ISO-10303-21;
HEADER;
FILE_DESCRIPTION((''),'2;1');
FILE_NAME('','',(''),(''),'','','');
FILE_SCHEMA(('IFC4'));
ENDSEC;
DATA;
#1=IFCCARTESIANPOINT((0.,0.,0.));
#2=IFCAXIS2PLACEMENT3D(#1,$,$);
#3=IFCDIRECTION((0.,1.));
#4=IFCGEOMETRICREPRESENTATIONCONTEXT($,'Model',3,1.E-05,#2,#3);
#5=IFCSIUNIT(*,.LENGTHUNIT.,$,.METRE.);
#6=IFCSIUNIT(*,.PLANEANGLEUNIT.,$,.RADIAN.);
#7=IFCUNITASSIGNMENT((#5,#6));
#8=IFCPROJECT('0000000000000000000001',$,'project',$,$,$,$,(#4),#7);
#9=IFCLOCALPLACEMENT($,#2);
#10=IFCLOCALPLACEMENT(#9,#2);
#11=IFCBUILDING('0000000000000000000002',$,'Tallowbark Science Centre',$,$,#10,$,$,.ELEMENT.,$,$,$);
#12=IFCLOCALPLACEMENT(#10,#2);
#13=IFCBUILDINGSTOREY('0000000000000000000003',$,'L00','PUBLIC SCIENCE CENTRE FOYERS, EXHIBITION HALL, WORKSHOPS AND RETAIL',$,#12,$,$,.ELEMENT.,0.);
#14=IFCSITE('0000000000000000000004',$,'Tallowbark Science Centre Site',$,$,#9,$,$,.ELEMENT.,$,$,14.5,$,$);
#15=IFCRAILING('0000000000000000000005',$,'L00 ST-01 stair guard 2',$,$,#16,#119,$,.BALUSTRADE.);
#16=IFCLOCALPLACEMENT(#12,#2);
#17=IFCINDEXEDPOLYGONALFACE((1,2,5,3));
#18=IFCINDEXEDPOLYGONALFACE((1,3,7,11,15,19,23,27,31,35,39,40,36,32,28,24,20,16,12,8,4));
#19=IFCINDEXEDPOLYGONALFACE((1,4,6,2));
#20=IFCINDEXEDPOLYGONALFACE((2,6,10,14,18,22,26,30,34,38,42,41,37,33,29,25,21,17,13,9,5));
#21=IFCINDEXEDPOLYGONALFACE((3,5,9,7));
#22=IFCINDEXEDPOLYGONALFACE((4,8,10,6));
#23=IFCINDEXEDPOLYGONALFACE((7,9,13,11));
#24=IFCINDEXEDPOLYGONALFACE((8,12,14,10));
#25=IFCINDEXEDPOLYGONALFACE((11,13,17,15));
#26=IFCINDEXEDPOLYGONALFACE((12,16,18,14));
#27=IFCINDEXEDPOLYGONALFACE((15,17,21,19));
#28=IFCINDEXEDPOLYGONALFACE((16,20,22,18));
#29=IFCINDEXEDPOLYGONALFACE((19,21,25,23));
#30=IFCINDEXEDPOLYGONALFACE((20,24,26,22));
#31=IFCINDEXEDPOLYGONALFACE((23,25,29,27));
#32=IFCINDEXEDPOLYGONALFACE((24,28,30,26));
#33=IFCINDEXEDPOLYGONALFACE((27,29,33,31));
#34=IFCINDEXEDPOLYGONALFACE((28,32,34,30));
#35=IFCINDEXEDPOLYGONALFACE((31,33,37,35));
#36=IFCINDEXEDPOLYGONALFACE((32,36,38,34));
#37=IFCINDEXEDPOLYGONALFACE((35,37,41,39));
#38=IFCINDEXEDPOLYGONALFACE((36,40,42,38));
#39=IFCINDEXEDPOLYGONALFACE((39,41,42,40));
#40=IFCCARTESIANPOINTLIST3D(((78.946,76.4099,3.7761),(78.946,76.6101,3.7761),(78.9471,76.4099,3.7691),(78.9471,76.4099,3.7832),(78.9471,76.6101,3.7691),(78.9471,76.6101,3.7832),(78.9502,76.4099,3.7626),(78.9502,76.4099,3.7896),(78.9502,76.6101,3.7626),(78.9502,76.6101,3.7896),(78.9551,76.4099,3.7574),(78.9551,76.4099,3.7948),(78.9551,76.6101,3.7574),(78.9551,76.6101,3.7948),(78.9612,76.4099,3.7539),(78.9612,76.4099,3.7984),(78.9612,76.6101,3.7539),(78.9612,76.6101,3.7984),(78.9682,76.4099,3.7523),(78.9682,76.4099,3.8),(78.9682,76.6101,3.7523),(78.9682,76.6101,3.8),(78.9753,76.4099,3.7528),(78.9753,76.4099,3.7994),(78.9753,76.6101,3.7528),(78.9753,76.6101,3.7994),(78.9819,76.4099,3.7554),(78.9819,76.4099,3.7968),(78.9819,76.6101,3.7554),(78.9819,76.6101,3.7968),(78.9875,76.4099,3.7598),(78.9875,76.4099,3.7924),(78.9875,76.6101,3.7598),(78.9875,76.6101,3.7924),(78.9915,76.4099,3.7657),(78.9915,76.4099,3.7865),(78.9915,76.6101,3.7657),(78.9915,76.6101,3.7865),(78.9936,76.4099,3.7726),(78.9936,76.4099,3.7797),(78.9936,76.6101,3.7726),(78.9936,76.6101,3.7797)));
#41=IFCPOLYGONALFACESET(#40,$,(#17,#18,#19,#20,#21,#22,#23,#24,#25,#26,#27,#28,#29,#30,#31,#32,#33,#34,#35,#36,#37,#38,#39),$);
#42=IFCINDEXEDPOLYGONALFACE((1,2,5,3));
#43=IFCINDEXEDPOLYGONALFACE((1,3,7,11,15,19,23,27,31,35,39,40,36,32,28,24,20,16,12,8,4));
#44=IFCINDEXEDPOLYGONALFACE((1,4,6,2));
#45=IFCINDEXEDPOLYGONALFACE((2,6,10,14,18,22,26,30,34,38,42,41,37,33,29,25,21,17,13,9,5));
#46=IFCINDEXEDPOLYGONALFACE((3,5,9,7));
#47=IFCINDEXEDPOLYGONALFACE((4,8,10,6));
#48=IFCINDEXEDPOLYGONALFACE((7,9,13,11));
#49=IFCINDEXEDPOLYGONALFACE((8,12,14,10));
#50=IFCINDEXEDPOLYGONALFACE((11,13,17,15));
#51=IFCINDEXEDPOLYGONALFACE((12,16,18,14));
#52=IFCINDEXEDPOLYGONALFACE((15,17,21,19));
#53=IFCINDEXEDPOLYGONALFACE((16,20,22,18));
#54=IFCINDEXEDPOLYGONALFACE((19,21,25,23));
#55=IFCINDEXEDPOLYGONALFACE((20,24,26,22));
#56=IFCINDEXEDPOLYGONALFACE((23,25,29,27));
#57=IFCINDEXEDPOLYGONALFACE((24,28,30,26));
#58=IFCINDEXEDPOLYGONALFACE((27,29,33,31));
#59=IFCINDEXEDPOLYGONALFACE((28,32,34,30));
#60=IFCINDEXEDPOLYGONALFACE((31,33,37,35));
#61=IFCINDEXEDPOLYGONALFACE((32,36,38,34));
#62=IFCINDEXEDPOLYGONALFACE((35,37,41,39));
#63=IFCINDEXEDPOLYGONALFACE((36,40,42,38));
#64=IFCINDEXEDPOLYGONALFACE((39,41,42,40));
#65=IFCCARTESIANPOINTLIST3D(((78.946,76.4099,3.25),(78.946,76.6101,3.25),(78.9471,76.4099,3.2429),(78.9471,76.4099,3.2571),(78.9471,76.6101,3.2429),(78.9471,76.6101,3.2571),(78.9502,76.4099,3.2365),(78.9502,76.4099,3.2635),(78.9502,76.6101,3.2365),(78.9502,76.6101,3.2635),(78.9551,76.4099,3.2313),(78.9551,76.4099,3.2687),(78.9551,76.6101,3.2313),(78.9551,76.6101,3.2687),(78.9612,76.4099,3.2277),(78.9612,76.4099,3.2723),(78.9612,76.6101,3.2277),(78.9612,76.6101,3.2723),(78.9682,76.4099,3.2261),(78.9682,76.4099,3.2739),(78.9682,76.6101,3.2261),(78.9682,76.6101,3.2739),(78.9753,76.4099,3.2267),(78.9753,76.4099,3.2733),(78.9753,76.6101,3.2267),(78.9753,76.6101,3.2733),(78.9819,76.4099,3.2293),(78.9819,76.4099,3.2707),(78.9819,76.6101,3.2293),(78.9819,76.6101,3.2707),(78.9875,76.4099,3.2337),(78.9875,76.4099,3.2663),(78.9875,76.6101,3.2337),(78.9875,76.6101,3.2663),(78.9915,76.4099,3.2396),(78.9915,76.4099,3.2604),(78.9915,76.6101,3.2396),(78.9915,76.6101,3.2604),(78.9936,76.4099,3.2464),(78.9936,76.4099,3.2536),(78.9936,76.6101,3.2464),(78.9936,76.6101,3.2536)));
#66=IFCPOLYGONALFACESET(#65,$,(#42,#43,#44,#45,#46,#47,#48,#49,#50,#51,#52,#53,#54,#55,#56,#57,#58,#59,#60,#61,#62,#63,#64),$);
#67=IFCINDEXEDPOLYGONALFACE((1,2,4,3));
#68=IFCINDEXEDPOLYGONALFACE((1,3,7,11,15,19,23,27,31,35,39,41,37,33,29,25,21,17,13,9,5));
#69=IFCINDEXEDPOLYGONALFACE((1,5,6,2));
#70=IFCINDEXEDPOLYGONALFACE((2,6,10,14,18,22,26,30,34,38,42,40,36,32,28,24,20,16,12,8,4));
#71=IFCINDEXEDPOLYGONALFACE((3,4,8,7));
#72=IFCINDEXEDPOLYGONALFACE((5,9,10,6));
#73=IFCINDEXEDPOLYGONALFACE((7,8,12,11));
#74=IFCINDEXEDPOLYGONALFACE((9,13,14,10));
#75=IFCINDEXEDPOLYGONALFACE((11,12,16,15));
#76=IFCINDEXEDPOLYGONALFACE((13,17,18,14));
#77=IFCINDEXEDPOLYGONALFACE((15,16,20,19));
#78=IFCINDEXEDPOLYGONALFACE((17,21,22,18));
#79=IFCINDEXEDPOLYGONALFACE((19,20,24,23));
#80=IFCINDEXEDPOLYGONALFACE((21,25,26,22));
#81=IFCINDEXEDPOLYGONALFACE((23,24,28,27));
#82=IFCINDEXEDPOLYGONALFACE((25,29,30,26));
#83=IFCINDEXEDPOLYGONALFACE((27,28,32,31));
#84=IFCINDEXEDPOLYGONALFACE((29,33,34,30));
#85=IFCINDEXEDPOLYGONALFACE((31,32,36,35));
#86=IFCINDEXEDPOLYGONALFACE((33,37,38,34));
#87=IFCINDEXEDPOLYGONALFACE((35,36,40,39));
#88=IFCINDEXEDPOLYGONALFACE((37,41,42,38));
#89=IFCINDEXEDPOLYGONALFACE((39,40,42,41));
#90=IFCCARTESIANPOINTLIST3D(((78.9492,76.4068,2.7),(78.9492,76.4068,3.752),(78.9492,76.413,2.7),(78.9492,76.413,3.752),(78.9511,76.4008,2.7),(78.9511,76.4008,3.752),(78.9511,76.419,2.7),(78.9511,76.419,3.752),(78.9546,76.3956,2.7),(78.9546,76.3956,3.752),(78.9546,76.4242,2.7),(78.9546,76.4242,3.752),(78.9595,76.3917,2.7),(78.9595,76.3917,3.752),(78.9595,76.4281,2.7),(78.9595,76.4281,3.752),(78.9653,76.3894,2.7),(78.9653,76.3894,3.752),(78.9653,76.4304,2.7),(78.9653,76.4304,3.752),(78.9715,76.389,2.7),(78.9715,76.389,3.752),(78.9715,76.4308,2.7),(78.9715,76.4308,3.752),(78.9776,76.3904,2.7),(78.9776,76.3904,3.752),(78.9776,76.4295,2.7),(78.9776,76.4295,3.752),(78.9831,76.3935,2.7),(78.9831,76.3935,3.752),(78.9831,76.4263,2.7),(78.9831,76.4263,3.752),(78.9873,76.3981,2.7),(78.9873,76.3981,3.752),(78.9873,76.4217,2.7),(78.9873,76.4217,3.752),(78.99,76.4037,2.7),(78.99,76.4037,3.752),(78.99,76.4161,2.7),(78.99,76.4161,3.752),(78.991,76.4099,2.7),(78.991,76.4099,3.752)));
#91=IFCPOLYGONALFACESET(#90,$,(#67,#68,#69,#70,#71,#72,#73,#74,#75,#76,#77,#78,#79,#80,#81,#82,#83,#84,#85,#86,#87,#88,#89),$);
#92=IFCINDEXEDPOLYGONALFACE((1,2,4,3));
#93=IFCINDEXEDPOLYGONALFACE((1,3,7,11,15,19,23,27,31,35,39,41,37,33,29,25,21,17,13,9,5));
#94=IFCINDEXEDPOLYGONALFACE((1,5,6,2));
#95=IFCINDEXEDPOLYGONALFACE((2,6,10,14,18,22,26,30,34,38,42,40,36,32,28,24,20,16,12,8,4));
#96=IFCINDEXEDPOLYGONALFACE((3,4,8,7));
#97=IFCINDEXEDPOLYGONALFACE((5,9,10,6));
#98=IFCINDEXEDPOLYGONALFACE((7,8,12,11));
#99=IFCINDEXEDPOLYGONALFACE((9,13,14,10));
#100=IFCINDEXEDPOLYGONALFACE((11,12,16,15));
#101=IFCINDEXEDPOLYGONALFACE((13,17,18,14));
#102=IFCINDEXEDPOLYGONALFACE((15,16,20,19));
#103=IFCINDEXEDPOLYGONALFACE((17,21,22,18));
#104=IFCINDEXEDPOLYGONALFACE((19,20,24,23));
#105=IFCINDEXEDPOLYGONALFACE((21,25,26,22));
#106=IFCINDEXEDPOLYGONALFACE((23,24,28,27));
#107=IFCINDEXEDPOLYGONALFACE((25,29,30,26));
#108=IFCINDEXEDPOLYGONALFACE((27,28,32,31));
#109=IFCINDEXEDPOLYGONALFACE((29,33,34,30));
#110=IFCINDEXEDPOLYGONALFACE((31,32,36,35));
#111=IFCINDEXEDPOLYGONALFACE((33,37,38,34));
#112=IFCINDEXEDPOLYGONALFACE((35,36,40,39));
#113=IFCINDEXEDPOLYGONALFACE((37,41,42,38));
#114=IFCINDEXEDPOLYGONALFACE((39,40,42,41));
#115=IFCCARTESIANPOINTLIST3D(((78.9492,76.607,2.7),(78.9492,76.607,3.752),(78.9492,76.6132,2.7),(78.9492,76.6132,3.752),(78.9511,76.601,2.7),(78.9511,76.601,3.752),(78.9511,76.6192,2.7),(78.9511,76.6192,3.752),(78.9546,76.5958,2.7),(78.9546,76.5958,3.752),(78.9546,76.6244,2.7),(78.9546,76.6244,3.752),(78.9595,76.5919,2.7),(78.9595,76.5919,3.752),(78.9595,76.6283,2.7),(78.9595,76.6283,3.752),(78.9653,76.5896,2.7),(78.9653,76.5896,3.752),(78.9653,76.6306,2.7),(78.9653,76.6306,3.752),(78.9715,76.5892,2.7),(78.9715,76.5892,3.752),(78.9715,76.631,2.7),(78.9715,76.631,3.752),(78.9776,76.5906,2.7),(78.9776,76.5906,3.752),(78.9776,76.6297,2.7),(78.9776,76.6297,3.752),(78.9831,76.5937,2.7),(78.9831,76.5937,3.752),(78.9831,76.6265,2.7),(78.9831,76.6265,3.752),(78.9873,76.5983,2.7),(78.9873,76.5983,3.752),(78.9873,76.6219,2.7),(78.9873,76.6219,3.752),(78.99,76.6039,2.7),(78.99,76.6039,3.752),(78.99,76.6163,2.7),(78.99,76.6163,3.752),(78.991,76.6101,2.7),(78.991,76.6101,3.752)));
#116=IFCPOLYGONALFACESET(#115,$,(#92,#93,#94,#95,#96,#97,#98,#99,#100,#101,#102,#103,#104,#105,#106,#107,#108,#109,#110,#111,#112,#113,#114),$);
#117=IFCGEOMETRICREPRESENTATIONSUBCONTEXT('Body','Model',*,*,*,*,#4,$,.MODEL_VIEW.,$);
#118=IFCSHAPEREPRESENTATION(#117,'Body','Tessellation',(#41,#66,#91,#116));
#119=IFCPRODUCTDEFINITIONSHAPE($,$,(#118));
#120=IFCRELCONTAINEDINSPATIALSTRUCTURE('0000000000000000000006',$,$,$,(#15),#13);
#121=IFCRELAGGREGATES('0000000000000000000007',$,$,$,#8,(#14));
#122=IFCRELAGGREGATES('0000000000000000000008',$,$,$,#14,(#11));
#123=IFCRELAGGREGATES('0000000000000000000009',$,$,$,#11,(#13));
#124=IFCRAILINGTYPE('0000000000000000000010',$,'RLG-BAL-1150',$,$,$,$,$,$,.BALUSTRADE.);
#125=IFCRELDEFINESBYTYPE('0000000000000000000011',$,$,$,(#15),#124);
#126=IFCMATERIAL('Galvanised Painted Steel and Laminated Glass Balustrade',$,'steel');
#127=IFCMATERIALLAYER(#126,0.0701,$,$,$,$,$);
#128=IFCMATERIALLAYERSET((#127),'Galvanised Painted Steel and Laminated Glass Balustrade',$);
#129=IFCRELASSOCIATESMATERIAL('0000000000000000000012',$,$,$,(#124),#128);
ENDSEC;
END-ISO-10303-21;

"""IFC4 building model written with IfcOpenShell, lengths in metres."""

from ifc_helpers import new_model, si_unit, direction, frame, origin, origin_2d, place, context, subcontext, project, spatial, circle, extrude, material, layer, layer_set, type_object, element, save


model = new_model("IFC4")

# Units and contexts
model_context = context("Model", 3, precision=1e-05, world=origin(), true_north=direction((0.0, 1.0)))
body_context = subcontext(model_context, "Body", "Model", "MODEL_VIEW")
ifc_project = project(units=[si_unit("LENGTHUNIT", "METRE"), si_unit("PLANEANGLEUNIT", "RADIAN")], contexts=[model_context])

# Site, building, storey
site_placement = place(None, origin())
site = spatial("IfcSite", under=ifc_project, at=site_placement, Name="Tallowbark Science Centre Site", CompositionType="ELEMENT", RefElevation=14.5)
building_placement = place(site_placement, origin())
building = spatial("IfcBuilding", under=site, at=building_placement, Name="Tallowbark Science Centre", CompositionType="ELEMENT")
storey_placement = place(building_placement, origin())
storey = spatial("IfcBuildingStorey", under=building, at=storey_placement, Name="L00", Description="PUBLIC SCIENCE CENTRE FOYERS, EXHIBITION HALL, WORKSHOPS AND RETAIL", CompositionType="ELEMENT", Elevation=0.0)

# Railing
ifc_material_1 = material(Name="Galvanised Painted Steel and Laminated Glass Balustrade", Category="steel")
ifc_layer_1 = layer(ifc_material_1, 0.0701)
ifc_layer_set_1 = layer_set([ifc_layer_1], Name="Galvanised Painted Steel and Laminated Glass Balustrade")
railing_type_1 = type_object("IfcRailingType", Name="RLG-BAL-1150", PredefinedType="BALUSTRADE", material=ifc_layer_set_1)
railing_1_placement = place(storey_placement, frame((78.97, 76.4099, 2.7)))
element("IfcRailing", 1, at=railing_1_placement, inside=storey, type_object=railing_type_1, Name="L00 ST-01 stair guard 2", PredefinedType="BALUSTRADE", context=body_context, shape_type="SweptSolid", body=[
    extrude(circle(Radius=0.0239, at=origin_2d()), frame((0.0, 0.0, 1.0762), z_axis=(0.0, 1.0, 0.0), x_axis=(-1.0, 0.0, 0.0)), (0.0, 0.0, 1.0), 0.2002),
    extrude(circle(Radius=0.0239, at=origin_2d()), frame((0.0, 0.0, 0.55), z_axis=(0.0, 1.0, 0.0), x_axis=(-1.0, 0.0, 0.0)), (0.0, 0.0, 1.0), 0.2002),
    extrude(circle(Radius=0.021, at=origin_2d()), origin(), (0.0, 0.0, 1.0), 1.052),
    extrude(circle(Radius=0.021, at=origin_2d()), frame((0.0, 0.2002, 0.0)), (0.0, 0.0, 1.0), 1.052),
])

save(model, "model.ifc")
